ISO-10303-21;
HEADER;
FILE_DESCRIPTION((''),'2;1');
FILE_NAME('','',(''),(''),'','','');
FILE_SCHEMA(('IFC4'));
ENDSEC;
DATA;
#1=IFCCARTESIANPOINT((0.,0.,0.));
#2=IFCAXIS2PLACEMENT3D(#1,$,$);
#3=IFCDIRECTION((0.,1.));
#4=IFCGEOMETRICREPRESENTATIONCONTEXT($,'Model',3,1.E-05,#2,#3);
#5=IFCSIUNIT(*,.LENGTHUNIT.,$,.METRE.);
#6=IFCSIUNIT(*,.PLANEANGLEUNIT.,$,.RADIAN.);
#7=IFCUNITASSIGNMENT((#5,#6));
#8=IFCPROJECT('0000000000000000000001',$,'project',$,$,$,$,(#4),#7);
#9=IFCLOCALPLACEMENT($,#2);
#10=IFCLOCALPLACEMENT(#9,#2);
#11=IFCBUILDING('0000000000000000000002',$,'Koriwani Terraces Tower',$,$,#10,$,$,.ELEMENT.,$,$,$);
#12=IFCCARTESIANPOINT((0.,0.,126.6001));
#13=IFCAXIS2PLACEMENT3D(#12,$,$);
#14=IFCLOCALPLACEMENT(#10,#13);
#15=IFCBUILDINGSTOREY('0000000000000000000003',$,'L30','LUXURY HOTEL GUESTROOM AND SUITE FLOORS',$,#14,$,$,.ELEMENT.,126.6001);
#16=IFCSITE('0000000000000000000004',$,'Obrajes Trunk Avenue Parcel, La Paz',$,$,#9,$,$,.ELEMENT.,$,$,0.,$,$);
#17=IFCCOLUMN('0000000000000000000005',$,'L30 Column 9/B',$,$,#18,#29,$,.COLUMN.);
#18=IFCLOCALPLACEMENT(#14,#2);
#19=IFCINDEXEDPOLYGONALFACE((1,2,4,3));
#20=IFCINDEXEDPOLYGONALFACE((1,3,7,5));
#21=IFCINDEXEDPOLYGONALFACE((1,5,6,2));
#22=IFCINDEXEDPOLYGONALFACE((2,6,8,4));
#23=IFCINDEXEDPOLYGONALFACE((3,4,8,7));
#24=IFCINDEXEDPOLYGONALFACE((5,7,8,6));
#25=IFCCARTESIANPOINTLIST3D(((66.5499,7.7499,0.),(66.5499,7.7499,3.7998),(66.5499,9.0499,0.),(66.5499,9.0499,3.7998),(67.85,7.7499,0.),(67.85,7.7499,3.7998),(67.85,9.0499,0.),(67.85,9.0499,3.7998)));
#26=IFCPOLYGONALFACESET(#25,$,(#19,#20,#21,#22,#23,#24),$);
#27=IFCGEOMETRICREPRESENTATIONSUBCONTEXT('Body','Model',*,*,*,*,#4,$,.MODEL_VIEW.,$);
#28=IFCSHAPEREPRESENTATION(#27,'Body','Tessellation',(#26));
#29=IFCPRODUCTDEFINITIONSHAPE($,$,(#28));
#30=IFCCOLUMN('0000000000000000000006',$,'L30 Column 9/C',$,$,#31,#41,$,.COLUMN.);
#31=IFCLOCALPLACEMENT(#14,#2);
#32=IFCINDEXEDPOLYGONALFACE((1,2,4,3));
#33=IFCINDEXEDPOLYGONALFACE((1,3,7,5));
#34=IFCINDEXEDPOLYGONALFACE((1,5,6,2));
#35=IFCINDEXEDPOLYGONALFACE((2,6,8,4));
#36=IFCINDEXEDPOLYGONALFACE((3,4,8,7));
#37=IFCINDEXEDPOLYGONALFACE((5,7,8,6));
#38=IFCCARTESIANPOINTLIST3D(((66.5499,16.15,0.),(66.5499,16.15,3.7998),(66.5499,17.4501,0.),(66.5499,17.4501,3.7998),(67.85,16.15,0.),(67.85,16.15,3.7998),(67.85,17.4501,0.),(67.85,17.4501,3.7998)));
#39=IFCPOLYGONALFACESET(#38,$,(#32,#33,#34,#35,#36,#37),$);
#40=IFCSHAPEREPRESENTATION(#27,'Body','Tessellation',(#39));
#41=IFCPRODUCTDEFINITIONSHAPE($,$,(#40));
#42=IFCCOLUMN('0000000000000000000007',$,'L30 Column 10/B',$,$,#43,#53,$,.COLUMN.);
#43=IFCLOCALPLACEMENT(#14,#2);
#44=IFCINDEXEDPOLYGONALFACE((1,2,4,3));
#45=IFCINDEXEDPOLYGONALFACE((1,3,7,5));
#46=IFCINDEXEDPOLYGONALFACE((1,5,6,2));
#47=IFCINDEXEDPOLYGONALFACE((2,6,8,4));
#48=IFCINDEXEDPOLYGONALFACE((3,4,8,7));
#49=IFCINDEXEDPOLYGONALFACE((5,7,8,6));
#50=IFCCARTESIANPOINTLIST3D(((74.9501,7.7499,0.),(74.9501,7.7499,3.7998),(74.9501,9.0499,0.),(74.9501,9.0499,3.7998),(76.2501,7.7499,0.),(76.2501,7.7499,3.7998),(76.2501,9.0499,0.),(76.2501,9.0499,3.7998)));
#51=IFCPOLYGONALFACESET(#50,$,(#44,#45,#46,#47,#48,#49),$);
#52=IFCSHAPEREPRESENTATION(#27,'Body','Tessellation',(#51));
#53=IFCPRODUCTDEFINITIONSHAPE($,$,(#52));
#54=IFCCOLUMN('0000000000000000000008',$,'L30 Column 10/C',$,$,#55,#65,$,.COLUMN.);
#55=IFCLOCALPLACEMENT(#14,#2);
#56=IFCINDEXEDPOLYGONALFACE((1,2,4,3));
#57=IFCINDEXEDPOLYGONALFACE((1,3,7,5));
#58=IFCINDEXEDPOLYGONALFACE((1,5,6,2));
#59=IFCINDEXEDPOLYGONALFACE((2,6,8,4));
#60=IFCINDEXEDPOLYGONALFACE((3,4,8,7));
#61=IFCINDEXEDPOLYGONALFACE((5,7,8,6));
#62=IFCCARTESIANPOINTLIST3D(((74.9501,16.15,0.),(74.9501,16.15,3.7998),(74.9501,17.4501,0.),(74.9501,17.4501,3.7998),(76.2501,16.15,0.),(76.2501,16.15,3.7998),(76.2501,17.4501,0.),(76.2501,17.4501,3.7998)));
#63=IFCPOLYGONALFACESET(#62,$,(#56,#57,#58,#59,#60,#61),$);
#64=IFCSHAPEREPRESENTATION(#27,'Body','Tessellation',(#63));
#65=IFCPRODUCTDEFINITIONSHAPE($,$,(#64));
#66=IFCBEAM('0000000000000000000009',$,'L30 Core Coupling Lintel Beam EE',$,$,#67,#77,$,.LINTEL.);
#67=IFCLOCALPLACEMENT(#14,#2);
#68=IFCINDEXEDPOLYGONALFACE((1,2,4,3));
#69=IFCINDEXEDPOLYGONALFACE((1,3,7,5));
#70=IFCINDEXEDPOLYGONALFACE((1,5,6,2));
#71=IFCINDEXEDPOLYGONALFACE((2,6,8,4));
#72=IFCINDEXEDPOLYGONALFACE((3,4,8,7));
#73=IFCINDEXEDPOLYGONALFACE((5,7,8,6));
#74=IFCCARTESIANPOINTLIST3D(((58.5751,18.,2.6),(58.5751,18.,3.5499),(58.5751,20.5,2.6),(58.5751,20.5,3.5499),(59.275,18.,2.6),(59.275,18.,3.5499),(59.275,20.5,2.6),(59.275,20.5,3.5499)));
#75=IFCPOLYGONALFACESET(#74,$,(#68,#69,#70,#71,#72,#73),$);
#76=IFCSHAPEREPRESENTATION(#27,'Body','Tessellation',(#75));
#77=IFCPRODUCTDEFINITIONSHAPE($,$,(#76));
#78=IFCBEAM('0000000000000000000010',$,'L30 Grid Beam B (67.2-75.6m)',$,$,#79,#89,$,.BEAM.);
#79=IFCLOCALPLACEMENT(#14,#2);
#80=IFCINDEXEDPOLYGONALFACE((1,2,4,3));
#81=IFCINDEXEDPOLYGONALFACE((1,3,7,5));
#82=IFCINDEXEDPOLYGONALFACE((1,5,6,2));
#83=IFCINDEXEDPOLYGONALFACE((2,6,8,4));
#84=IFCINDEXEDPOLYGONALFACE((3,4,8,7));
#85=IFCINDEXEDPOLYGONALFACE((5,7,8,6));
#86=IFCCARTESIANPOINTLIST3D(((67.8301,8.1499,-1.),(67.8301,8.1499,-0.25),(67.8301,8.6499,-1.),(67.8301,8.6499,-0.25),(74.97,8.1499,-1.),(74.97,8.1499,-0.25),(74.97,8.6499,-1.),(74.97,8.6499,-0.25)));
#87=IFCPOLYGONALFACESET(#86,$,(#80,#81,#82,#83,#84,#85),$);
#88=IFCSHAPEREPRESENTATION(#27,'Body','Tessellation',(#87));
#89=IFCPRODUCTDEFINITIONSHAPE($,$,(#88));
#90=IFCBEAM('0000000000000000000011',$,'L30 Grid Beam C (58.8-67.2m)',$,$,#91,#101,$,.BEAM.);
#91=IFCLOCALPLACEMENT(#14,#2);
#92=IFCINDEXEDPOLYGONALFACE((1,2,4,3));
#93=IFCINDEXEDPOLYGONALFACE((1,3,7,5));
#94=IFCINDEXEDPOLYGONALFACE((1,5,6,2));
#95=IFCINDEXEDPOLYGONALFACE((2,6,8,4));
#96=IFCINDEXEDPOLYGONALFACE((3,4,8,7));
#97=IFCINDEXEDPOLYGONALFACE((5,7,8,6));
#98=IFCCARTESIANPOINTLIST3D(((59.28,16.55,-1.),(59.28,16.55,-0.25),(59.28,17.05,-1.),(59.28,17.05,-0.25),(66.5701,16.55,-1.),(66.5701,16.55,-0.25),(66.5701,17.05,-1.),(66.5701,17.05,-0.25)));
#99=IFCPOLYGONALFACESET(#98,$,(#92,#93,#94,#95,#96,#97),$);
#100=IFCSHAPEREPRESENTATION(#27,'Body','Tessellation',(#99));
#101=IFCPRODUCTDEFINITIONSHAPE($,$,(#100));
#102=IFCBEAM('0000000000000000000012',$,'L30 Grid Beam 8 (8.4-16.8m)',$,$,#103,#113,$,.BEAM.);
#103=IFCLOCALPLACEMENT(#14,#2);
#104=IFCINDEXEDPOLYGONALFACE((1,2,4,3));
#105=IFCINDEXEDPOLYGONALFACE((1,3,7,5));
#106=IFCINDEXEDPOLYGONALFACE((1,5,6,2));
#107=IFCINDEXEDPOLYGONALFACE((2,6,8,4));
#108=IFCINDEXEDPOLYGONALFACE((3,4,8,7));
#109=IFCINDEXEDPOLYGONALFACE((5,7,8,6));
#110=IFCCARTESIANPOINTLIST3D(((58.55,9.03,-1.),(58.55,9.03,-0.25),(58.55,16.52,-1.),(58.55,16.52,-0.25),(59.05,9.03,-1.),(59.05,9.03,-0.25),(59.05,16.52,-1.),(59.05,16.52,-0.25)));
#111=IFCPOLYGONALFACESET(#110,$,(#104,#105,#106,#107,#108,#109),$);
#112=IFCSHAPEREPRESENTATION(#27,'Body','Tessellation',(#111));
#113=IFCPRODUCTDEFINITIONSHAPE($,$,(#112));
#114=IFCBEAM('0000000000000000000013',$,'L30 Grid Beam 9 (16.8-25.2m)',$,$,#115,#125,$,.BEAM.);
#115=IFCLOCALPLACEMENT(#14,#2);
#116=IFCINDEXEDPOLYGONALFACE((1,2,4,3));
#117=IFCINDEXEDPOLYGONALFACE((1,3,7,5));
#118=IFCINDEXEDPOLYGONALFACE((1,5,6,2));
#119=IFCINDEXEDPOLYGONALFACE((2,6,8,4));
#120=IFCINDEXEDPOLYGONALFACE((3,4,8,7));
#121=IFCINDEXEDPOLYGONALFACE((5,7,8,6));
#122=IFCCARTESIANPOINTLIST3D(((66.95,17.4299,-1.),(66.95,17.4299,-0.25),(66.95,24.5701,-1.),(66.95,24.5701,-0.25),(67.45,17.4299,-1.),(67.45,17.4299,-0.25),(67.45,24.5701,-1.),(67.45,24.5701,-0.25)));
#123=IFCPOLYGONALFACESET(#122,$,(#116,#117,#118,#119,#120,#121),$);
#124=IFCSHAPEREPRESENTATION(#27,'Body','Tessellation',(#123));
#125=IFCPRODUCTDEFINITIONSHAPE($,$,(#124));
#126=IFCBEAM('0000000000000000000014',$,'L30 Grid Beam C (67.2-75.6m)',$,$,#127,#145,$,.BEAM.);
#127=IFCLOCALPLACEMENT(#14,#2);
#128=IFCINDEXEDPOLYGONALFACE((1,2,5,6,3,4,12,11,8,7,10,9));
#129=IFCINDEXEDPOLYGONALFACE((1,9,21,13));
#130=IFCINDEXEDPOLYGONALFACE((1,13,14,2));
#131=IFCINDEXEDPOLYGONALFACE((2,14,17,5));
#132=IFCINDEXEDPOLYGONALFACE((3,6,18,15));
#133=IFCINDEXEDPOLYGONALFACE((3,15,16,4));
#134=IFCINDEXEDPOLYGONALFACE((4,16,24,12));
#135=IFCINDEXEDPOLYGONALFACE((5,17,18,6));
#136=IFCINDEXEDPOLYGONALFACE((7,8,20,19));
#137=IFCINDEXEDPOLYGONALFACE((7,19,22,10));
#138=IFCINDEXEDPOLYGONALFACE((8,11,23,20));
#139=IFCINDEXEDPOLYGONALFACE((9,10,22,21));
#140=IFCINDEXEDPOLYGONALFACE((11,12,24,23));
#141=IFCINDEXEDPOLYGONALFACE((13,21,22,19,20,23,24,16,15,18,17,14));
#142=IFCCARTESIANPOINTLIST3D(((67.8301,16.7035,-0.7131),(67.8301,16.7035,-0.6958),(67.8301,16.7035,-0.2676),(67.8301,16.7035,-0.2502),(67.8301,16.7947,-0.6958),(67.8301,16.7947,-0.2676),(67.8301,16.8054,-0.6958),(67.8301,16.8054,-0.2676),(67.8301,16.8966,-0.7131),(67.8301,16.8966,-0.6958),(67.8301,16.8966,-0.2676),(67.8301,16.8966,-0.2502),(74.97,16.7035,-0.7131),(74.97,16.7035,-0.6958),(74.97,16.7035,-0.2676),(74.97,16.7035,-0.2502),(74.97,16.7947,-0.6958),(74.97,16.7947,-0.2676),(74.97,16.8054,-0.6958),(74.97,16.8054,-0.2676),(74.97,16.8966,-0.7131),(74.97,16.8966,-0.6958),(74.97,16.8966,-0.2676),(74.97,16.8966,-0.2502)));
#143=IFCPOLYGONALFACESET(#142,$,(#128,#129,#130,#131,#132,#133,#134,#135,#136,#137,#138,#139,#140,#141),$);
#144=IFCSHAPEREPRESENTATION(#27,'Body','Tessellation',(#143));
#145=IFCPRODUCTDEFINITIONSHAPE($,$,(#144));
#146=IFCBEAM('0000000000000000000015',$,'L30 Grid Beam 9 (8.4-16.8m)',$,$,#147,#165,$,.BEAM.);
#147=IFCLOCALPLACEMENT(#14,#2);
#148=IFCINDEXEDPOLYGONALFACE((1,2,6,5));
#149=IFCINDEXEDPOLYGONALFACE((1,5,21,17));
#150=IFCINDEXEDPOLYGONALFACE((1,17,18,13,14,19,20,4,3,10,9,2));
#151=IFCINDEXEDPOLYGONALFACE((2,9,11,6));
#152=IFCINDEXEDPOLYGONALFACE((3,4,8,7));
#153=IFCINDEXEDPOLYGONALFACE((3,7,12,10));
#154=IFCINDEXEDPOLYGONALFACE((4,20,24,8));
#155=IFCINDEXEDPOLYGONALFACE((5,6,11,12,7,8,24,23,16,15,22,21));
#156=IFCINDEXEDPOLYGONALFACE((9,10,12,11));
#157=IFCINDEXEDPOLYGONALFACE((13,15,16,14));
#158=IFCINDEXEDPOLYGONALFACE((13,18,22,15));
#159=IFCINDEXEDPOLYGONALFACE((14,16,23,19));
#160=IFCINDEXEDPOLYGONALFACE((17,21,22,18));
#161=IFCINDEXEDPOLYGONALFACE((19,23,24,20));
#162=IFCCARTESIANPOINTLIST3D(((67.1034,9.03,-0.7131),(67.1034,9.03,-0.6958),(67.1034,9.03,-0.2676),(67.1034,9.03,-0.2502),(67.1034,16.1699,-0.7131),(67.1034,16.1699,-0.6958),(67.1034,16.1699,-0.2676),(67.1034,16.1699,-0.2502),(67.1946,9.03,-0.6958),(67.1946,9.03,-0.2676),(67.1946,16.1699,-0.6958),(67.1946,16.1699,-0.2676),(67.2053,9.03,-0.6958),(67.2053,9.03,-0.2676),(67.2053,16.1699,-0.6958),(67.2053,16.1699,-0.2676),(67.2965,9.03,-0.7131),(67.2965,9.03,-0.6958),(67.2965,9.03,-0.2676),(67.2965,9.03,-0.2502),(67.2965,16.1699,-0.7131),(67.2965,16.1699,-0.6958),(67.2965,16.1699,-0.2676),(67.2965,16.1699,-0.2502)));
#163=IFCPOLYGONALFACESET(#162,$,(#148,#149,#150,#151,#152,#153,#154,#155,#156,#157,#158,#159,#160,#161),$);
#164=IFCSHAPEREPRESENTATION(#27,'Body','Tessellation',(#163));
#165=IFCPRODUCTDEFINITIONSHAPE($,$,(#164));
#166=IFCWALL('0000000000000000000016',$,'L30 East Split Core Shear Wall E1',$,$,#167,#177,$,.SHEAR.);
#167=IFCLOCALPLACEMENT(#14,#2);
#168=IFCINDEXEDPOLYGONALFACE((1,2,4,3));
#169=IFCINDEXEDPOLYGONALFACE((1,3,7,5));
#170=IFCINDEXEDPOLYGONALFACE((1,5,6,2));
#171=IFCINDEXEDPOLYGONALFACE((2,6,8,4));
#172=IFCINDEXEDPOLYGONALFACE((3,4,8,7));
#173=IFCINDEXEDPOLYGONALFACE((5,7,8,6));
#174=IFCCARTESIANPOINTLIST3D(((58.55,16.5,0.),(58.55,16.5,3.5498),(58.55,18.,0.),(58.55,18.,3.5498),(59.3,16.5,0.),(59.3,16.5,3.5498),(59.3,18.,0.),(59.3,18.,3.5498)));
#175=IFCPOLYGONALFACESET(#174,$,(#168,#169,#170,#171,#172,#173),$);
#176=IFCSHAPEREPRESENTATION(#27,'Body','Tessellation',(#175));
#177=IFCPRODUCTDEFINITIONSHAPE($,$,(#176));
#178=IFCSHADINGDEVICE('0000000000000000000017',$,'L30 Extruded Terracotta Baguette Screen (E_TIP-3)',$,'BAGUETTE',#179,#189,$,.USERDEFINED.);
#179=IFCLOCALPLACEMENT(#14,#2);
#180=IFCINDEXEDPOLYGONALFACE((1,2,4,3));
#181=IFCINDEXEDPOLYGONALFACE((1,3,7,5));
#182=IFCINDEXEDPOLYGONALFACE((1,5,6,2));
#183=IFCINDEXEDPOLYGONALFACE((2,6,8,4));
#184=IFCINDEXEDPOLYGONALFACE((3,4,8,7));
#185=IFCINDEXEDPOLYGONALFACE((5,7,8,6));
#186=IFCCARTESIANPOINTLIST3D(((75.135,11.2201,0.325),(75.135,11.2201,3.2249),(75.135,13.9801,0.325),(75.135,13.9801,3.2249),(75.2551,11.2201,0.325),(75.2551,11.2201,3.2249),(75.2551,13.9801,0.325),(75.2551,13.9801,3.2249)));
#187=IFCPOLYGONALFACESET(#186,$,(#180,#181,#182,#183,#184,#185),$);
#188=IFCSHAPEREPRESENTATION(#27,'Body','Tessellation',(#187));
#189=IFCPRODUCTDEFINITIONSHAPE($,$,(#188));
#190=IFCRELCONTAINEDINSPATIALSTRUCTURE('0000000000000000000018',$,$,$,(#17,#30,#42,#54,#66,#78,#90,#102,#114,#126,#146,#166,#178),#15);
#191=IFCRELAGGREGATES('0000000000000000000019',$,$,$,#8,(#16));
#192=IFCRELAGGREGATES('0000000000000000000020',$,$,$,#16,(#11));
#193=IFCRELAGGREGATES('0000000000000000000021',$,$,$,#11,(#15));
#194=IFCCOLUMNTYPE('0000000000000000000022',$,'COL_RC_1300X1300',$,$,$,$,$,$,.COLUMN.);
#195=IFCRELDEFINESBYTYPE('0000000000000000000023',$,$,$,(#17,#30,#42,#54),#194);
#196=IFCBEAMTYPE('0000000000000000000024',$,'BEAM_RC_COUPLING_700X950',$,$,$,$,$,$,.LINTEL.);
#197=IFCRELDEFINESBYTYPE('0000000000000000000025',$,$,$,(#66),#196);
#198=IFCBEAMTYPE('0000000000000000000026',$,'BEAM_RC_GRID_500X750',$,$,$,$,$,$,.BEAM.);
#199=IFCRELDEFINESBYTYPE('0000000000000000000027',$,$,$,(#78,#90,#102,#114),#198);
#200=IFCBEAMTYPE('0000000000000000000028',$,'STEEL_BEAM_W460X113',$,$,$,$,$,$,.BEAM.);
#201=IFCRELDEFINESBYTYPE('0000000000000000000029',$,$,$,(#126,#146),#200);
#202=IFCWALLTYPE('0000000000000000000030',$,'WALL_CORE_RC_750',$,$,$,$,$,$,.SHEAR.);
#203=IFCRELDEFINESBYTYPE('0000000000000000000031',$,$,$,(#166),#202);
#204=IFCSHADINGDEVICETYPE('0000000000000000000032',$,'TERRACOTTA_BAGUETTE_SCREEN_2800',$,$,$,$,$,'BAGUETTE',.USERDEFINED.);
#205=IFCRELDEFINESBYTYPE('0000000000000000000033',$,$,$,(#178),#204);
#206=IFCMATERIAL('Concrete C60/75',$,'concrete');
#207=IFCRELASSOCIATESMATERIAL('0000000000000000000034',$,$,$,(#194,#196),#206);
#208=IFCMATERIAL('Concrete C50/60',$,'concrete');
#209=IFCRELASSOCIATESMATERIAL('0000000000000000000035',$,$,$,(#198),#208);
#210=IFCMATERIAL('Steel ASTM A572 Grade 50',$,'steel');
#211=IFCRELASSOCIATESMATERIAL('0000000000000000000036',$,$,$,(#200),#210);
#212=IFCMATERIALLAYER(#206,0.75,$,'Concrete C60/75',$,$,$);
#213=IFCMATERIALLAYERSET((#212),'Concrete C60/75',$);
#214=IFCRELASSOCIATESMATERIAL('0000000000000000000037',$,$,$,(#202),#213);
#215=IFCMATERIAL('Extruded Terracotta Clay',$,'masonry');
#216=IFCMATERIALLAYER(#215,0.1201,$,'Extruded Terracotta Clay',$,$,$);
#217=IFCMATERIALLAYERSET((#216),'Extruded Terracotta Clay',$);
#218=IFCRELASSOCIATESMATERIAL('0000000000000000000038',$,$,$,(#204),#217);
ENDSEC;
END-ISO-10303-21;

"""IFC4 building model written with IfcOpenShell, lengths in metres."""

from ifc_helpers import new_model, si_unit, direction, frame, frame_2d, origin, origin_2d, place, context, subcontext, project, spatial, rectangle, i_section, extrude, material, layer, layer_set, material_profile, profile_set, type_object, element, save


model = new_model("IFC4")

# Units and contexts
model_context = context("Model", 3, precision=1e-05, world=origin(), true_north=direction((0.0, 1.0)))
body_context = subcontext(model_context, "Body", "Model", "MODEL_VIEW")
ifc_project = project(units=[si_unit("LENGTHUNIT", "METRE"), si_unit("PLANEANGLEUNIT", "RADIAN")], contexts=[model_context])

# Site, building, storey
site_placement = place(None, origin())
site = spatial("IfcSite", under=ifc_project, at=site_placement, Name="Obrajes Trunk Avenue Parcel, La Paz", CompositionType="ELEMENT", RefElevation=0.0)
building_placement = place(site_placement, origin())
building = spatial("IfcBuilding", under=site, at=building_placement, Name="Koriwani Terraces Tower", CompositionType="ELEMENT")
storey_placement = place(building_placement, frame((0.0, 0.0, 126.6001)))
storey = spatial("IfcBuildingStorey", under=building, at=storey_placement, Name="L30", Description="LUXURY HOTEL GUESTROOM AND SUITE FLOORS", CompositionType="ELEMENT", Elevation=126.6001)

# Columns
ifc_material_1 = material(Name="Concrete C60/75", Category="concrete")
ifc_material_profile_1 = material_profile(ifc_material_1, rectangle(XDim=1.3, YDim=1.3, at=origin_2d()), Name="Concrete C60/75", Category="LoadBearing")
ifc_profile_set_1 = profile_set([ifc_material_profile_1], Name="Concrete C60/75")
column_type = type_object("IfcColumnType", Name="COL_RC_1300X1300", PredefinedType="COLUMN", material=ifc_profile_set_1)
for number, where, z_axis, x_axis, name in (
    (1, (67.2, 8.3999, 0.0), (0.0, 0.0, 1.0), (1.0, 0.0, 0.0), "L30 Column 9/B"),
    (2, (67.2, 16.8, 0.0), (0.0, 0.0, 1.0), (1.0, 0.0, 0.0), "L30 Column 9/C"),
    (3, (75.6001, 8.3999, 0.0), (0.0, 0.0, 1.0), (1.0, 0.0, 0.0), "L30 Column 10/B"),
    (4, (75.6001, 16.8, 0.0), (0.0, 0.0, 1.0), (1.0, 0.0, 0.0), "L30 Column 10/C"),
):
    element("IfcColumn", number, at=place(storey_placement, frame(where, z_axis=z_axis, x_axis=x_axis)), inside=storey, type_object=column_type, Name=name, PredefinedType="COLUMN", context=body_context, shape_type="SweptSolid", body=[
        extrude(rectangle(XDim=1.3, YDim=1.3, at=origin_2d()), origin(), (0.0, 0.0, 1.0), 3.7998),
    ])

# Beams
ifc_material_profile_2 = material_profile(ifc_material_1, rectangle(XDim=0.7, YDim=0.95, at=origin_2d()), Name="Concrete C60/75", Category="LoadBearing")
ifc_profile_set_2 = profile_set([ifc_material_profile_2], Name="Concrete C60/75")
beam_type_1 = type_object("IfcBeamType", Name="BEAM_RC_COUPLING_700X950", PredefinedType="LINTEL", material=ifc_profile_set_2)
beam_1_placement = place(storey_placement, frame((58.925, 18.0, 3.075), z_axis=(0.0, 1.0, 0.0), x_axis=(-1.0, 0.0, 0.0)))
element("IfcBeam", 5, at=beam_1_placement, inside=storey, type_object=beam_type_1, Name="L30 Core Coupling Lintel Beam EE", PredefinedType="LINTEL", context=body_context, shape_type="SweptSolid", body=[
    extrude(rectangle(XDim=0.7, YDim=0.95, at=origin_2d()), origin(), (0.0, 0.0, 1.0), 2.5),
])
ifc_material_2 = material(Name="Concrete C50/60", Category="concrete")
ifc_material_profile_3 = material_profile(ifc_material_2, rectangle(XDim=0.5, YDim=0.75, at=origin_2d()), Name="Concrete C50/60", Category="LoadBearing")
ifc_profile_set_3 = profile_set([ifc_material_profile_3], Name="Concrete C50/60")
beam_type_2 = type_object("IfcBeamType", Name="BEAM_RC_GRID_500X750", PredefinedType="BEAM", material=ifc_profile_set_3)
beam_2_placement = place(storey_placement, frame((67.8301, 8.3999, -0.625), z_axis=(1.0, 0.0, 0.0), x_axis=(0.0, 1.0, 0.0)))
element("IfcBeam", 6, at=beam_2_placement, inside=storey, type_object=beam_type_2, Name="L30 Grid Beam B (67.2-75.6m)", PredefinedType="BEAM", context=body_context, shape_type="SweptSolid", body=[
    extrude(rectangle(XDim=0.5, YDim=0.75, at=origin_2d()), origin(), (0.0, 0.0, 1.0), 7.1399),
])
beam_3_placement = place(storey_placement, frame((59.28, 16.8, -0.625), z_axis=(1.0, 0.0, 0.0), x_axis=(0.0, 1.0, 0.0)))
element("IfcBeam", 7, at=beam_3_placement, inside=storey, type_object=beam_type_2, Name="L30 Grid Beam C (58.8-67.2m)", PredefinedType="BEAM", context=body_context, shape_type="SweptSolid", body=[
    extrude(rectangle(XDim=0.5, YDim=0.75, at=origin_2d()), origin(), (0.0, 0.0, 1.0), 7.29),
])
beam_4_placement = place(storey_placement, frame((58.8, 9.03, -0.625), z_axis=(0.0, 1.0, 0.0), x_axis=(-1.0, 0.0, 0.0)))
element("IfcBeam", 8, at=beam_4_placement, inside=storey, type_object=beam_type_2, Name="L30 Grid Beam 8 (8.4-16.8m)", PredefinedType="BEAM", context=body_context, shape_type="SweptSolid", body=[
    extrude(rectangle(XDim=0.5, YDim=0.75, at=origin_2d()), origin(), (0.0, 0.0, 1.0), 7.49),
])
beam_5_placement = place(storey_placement, frame((67.2, 17.4299, -0.625), z_axis=(0.0, 1.0, 0.0), x_axis=(-1.0, 0.0, 0.0)))
element("IfcBeam", 9, at=beam_5_placement, inside=storey, type_object=beam_type_2, Name="L30 Grid Beam 9 (16.8-25.2m)", PredefinedType="BEAM", context=body_context, shape_type="SweptSolid", body=[
    extrude(rectangle(XDim=0.5, YDim=0.75, at=origin_2d()), origin(), (0.0, 0.0, 1.0), 7.1401),
])
ifc_material_3 = material(Name="Steel ASTM A572 Grade 50", Category="steel")
ifc_material_profile_4 = material_profile(ifc_material_3, i_section(OverallWidth=0.1931, OverallDepth=0.4629, WebThickness=0.0107, FlangeThickness=0.0173, at=origin_2d()), Name="Steel ASTM A572 Grade 50", Category="LoadBearing")
ifc_profile_set_4 = profile_set([ifc_material_profile_4], Name="Steel ASTM A572 Grade 50")
beam_type_3 = type_object("IfcBeamType", Name="STEEL_BEAM_W460X113", PredefinedType="BEAM", material=ifc_profile_set_4)
for number, where, z_axis, x_axis, name in (
    (10, (67.8301, 16.8, -0.4817), (1.0, 0.0, 0.0), (0.0, 1.0, 0.0), "L30 Grid Beam C (67.2-75.6m)"),
    (11, (67.2, 9.03, -0.4817), (0.0, 1.0, 0.0), (-1.0, 0.0, 0.0), "L30 Grid Beam 9 (8.4-16.8m)"),
):
    element("IfcBeam", number, at=place(storey_placement, frame(where, z_axis=z_axis, x_axis=x_axis)), inside=storey, type_object=beam_type_3, Name=name, PredefinedType="BEAM", context=body_context, shape_type="SweptSolid", body=[
        extrude(i_section(OverallWidth=0.1931, OverallDepth=0.4629, WebThickness=0.0107, FlangeThickness=0.0173, at=origin_2d()), origin(), (0.0, 0.0, 1.0), 7.1399),
    ])

# Wall
ifc_layer_1 = layer(ifc_material_1, 0.75, Name="Concrete C60/75")
ifc_layer_set_1 = layer_set([ifc_layer_1], Name="Concrete C60/75")
wall_type = type_object("IfcWallType", Name="WALL_CORE_RC_750", PredefinedType="SHEAR", material=ifc_layer_set_1)
wall_placement = place(storey_placement, frame((58.925, 16.5, 0.0), z_axis=(0.0, 0.0, 1.0), x_axis=(0.0, 1.0, 0.0)))
element("IfcWall", 12, at=wall_placement, inside=storey, type_object=wall_type, Name="L30 East Split Core Shear Wall E1", PredefinedType="SHEAR", context=body_context, shape_type="SweptSolid", body=[
    extrude(rectangle(XDim=1.5, YDim=0.75, at=frame_2d((0.75, 0.0))), origin(), (0.0, 0.0, 1.0), 3.5498),
])

# Shading device
ifc_material_4 = material(Name="Extruded Terracotta Clay", Category="masonry")
ifc_layer_2 = layer(ifc_material_4, 0.1201, Name="Extruded Terracotta Clay")
ifc_layer_set_2 = layer_set([ifc_layer_2], Name="Extruded Terracotta Clay")
shading_device_type = type_object("IfcShadingDeviceType", Name="TERRACOTTA_BAGUETTE_SCREEN_2800", ElementType="BAGUETTE", PredefinedType="USERDEFINED", material=ifc_layer_set_2)
shading_device_placement = place(storey_placement, frame((75.1951, 12.6001, 0.325), z_axis=(0.0, 0.0, 1.0), x_axis=(0.0, -1.0, 0.0)))
element("IfcShadingDevice", 13, at=shading_device_placement, inside=storey, type_object=shading_device_type, Name="L30 Extruded Terracotta Baguette Screen (E_TIP-3)", ObjectType="BAGUETTE", PredefinedType="USERDEFINED", context=body_context, shape_type="SweptSolid", body=[
    extrude(rectangle(XDim=2.76, YDim=0.1201, at=origin_2d()), origin(), (0.0, 0.0, 1.0), 2.8999),
])

save(model, "model.ifc")
